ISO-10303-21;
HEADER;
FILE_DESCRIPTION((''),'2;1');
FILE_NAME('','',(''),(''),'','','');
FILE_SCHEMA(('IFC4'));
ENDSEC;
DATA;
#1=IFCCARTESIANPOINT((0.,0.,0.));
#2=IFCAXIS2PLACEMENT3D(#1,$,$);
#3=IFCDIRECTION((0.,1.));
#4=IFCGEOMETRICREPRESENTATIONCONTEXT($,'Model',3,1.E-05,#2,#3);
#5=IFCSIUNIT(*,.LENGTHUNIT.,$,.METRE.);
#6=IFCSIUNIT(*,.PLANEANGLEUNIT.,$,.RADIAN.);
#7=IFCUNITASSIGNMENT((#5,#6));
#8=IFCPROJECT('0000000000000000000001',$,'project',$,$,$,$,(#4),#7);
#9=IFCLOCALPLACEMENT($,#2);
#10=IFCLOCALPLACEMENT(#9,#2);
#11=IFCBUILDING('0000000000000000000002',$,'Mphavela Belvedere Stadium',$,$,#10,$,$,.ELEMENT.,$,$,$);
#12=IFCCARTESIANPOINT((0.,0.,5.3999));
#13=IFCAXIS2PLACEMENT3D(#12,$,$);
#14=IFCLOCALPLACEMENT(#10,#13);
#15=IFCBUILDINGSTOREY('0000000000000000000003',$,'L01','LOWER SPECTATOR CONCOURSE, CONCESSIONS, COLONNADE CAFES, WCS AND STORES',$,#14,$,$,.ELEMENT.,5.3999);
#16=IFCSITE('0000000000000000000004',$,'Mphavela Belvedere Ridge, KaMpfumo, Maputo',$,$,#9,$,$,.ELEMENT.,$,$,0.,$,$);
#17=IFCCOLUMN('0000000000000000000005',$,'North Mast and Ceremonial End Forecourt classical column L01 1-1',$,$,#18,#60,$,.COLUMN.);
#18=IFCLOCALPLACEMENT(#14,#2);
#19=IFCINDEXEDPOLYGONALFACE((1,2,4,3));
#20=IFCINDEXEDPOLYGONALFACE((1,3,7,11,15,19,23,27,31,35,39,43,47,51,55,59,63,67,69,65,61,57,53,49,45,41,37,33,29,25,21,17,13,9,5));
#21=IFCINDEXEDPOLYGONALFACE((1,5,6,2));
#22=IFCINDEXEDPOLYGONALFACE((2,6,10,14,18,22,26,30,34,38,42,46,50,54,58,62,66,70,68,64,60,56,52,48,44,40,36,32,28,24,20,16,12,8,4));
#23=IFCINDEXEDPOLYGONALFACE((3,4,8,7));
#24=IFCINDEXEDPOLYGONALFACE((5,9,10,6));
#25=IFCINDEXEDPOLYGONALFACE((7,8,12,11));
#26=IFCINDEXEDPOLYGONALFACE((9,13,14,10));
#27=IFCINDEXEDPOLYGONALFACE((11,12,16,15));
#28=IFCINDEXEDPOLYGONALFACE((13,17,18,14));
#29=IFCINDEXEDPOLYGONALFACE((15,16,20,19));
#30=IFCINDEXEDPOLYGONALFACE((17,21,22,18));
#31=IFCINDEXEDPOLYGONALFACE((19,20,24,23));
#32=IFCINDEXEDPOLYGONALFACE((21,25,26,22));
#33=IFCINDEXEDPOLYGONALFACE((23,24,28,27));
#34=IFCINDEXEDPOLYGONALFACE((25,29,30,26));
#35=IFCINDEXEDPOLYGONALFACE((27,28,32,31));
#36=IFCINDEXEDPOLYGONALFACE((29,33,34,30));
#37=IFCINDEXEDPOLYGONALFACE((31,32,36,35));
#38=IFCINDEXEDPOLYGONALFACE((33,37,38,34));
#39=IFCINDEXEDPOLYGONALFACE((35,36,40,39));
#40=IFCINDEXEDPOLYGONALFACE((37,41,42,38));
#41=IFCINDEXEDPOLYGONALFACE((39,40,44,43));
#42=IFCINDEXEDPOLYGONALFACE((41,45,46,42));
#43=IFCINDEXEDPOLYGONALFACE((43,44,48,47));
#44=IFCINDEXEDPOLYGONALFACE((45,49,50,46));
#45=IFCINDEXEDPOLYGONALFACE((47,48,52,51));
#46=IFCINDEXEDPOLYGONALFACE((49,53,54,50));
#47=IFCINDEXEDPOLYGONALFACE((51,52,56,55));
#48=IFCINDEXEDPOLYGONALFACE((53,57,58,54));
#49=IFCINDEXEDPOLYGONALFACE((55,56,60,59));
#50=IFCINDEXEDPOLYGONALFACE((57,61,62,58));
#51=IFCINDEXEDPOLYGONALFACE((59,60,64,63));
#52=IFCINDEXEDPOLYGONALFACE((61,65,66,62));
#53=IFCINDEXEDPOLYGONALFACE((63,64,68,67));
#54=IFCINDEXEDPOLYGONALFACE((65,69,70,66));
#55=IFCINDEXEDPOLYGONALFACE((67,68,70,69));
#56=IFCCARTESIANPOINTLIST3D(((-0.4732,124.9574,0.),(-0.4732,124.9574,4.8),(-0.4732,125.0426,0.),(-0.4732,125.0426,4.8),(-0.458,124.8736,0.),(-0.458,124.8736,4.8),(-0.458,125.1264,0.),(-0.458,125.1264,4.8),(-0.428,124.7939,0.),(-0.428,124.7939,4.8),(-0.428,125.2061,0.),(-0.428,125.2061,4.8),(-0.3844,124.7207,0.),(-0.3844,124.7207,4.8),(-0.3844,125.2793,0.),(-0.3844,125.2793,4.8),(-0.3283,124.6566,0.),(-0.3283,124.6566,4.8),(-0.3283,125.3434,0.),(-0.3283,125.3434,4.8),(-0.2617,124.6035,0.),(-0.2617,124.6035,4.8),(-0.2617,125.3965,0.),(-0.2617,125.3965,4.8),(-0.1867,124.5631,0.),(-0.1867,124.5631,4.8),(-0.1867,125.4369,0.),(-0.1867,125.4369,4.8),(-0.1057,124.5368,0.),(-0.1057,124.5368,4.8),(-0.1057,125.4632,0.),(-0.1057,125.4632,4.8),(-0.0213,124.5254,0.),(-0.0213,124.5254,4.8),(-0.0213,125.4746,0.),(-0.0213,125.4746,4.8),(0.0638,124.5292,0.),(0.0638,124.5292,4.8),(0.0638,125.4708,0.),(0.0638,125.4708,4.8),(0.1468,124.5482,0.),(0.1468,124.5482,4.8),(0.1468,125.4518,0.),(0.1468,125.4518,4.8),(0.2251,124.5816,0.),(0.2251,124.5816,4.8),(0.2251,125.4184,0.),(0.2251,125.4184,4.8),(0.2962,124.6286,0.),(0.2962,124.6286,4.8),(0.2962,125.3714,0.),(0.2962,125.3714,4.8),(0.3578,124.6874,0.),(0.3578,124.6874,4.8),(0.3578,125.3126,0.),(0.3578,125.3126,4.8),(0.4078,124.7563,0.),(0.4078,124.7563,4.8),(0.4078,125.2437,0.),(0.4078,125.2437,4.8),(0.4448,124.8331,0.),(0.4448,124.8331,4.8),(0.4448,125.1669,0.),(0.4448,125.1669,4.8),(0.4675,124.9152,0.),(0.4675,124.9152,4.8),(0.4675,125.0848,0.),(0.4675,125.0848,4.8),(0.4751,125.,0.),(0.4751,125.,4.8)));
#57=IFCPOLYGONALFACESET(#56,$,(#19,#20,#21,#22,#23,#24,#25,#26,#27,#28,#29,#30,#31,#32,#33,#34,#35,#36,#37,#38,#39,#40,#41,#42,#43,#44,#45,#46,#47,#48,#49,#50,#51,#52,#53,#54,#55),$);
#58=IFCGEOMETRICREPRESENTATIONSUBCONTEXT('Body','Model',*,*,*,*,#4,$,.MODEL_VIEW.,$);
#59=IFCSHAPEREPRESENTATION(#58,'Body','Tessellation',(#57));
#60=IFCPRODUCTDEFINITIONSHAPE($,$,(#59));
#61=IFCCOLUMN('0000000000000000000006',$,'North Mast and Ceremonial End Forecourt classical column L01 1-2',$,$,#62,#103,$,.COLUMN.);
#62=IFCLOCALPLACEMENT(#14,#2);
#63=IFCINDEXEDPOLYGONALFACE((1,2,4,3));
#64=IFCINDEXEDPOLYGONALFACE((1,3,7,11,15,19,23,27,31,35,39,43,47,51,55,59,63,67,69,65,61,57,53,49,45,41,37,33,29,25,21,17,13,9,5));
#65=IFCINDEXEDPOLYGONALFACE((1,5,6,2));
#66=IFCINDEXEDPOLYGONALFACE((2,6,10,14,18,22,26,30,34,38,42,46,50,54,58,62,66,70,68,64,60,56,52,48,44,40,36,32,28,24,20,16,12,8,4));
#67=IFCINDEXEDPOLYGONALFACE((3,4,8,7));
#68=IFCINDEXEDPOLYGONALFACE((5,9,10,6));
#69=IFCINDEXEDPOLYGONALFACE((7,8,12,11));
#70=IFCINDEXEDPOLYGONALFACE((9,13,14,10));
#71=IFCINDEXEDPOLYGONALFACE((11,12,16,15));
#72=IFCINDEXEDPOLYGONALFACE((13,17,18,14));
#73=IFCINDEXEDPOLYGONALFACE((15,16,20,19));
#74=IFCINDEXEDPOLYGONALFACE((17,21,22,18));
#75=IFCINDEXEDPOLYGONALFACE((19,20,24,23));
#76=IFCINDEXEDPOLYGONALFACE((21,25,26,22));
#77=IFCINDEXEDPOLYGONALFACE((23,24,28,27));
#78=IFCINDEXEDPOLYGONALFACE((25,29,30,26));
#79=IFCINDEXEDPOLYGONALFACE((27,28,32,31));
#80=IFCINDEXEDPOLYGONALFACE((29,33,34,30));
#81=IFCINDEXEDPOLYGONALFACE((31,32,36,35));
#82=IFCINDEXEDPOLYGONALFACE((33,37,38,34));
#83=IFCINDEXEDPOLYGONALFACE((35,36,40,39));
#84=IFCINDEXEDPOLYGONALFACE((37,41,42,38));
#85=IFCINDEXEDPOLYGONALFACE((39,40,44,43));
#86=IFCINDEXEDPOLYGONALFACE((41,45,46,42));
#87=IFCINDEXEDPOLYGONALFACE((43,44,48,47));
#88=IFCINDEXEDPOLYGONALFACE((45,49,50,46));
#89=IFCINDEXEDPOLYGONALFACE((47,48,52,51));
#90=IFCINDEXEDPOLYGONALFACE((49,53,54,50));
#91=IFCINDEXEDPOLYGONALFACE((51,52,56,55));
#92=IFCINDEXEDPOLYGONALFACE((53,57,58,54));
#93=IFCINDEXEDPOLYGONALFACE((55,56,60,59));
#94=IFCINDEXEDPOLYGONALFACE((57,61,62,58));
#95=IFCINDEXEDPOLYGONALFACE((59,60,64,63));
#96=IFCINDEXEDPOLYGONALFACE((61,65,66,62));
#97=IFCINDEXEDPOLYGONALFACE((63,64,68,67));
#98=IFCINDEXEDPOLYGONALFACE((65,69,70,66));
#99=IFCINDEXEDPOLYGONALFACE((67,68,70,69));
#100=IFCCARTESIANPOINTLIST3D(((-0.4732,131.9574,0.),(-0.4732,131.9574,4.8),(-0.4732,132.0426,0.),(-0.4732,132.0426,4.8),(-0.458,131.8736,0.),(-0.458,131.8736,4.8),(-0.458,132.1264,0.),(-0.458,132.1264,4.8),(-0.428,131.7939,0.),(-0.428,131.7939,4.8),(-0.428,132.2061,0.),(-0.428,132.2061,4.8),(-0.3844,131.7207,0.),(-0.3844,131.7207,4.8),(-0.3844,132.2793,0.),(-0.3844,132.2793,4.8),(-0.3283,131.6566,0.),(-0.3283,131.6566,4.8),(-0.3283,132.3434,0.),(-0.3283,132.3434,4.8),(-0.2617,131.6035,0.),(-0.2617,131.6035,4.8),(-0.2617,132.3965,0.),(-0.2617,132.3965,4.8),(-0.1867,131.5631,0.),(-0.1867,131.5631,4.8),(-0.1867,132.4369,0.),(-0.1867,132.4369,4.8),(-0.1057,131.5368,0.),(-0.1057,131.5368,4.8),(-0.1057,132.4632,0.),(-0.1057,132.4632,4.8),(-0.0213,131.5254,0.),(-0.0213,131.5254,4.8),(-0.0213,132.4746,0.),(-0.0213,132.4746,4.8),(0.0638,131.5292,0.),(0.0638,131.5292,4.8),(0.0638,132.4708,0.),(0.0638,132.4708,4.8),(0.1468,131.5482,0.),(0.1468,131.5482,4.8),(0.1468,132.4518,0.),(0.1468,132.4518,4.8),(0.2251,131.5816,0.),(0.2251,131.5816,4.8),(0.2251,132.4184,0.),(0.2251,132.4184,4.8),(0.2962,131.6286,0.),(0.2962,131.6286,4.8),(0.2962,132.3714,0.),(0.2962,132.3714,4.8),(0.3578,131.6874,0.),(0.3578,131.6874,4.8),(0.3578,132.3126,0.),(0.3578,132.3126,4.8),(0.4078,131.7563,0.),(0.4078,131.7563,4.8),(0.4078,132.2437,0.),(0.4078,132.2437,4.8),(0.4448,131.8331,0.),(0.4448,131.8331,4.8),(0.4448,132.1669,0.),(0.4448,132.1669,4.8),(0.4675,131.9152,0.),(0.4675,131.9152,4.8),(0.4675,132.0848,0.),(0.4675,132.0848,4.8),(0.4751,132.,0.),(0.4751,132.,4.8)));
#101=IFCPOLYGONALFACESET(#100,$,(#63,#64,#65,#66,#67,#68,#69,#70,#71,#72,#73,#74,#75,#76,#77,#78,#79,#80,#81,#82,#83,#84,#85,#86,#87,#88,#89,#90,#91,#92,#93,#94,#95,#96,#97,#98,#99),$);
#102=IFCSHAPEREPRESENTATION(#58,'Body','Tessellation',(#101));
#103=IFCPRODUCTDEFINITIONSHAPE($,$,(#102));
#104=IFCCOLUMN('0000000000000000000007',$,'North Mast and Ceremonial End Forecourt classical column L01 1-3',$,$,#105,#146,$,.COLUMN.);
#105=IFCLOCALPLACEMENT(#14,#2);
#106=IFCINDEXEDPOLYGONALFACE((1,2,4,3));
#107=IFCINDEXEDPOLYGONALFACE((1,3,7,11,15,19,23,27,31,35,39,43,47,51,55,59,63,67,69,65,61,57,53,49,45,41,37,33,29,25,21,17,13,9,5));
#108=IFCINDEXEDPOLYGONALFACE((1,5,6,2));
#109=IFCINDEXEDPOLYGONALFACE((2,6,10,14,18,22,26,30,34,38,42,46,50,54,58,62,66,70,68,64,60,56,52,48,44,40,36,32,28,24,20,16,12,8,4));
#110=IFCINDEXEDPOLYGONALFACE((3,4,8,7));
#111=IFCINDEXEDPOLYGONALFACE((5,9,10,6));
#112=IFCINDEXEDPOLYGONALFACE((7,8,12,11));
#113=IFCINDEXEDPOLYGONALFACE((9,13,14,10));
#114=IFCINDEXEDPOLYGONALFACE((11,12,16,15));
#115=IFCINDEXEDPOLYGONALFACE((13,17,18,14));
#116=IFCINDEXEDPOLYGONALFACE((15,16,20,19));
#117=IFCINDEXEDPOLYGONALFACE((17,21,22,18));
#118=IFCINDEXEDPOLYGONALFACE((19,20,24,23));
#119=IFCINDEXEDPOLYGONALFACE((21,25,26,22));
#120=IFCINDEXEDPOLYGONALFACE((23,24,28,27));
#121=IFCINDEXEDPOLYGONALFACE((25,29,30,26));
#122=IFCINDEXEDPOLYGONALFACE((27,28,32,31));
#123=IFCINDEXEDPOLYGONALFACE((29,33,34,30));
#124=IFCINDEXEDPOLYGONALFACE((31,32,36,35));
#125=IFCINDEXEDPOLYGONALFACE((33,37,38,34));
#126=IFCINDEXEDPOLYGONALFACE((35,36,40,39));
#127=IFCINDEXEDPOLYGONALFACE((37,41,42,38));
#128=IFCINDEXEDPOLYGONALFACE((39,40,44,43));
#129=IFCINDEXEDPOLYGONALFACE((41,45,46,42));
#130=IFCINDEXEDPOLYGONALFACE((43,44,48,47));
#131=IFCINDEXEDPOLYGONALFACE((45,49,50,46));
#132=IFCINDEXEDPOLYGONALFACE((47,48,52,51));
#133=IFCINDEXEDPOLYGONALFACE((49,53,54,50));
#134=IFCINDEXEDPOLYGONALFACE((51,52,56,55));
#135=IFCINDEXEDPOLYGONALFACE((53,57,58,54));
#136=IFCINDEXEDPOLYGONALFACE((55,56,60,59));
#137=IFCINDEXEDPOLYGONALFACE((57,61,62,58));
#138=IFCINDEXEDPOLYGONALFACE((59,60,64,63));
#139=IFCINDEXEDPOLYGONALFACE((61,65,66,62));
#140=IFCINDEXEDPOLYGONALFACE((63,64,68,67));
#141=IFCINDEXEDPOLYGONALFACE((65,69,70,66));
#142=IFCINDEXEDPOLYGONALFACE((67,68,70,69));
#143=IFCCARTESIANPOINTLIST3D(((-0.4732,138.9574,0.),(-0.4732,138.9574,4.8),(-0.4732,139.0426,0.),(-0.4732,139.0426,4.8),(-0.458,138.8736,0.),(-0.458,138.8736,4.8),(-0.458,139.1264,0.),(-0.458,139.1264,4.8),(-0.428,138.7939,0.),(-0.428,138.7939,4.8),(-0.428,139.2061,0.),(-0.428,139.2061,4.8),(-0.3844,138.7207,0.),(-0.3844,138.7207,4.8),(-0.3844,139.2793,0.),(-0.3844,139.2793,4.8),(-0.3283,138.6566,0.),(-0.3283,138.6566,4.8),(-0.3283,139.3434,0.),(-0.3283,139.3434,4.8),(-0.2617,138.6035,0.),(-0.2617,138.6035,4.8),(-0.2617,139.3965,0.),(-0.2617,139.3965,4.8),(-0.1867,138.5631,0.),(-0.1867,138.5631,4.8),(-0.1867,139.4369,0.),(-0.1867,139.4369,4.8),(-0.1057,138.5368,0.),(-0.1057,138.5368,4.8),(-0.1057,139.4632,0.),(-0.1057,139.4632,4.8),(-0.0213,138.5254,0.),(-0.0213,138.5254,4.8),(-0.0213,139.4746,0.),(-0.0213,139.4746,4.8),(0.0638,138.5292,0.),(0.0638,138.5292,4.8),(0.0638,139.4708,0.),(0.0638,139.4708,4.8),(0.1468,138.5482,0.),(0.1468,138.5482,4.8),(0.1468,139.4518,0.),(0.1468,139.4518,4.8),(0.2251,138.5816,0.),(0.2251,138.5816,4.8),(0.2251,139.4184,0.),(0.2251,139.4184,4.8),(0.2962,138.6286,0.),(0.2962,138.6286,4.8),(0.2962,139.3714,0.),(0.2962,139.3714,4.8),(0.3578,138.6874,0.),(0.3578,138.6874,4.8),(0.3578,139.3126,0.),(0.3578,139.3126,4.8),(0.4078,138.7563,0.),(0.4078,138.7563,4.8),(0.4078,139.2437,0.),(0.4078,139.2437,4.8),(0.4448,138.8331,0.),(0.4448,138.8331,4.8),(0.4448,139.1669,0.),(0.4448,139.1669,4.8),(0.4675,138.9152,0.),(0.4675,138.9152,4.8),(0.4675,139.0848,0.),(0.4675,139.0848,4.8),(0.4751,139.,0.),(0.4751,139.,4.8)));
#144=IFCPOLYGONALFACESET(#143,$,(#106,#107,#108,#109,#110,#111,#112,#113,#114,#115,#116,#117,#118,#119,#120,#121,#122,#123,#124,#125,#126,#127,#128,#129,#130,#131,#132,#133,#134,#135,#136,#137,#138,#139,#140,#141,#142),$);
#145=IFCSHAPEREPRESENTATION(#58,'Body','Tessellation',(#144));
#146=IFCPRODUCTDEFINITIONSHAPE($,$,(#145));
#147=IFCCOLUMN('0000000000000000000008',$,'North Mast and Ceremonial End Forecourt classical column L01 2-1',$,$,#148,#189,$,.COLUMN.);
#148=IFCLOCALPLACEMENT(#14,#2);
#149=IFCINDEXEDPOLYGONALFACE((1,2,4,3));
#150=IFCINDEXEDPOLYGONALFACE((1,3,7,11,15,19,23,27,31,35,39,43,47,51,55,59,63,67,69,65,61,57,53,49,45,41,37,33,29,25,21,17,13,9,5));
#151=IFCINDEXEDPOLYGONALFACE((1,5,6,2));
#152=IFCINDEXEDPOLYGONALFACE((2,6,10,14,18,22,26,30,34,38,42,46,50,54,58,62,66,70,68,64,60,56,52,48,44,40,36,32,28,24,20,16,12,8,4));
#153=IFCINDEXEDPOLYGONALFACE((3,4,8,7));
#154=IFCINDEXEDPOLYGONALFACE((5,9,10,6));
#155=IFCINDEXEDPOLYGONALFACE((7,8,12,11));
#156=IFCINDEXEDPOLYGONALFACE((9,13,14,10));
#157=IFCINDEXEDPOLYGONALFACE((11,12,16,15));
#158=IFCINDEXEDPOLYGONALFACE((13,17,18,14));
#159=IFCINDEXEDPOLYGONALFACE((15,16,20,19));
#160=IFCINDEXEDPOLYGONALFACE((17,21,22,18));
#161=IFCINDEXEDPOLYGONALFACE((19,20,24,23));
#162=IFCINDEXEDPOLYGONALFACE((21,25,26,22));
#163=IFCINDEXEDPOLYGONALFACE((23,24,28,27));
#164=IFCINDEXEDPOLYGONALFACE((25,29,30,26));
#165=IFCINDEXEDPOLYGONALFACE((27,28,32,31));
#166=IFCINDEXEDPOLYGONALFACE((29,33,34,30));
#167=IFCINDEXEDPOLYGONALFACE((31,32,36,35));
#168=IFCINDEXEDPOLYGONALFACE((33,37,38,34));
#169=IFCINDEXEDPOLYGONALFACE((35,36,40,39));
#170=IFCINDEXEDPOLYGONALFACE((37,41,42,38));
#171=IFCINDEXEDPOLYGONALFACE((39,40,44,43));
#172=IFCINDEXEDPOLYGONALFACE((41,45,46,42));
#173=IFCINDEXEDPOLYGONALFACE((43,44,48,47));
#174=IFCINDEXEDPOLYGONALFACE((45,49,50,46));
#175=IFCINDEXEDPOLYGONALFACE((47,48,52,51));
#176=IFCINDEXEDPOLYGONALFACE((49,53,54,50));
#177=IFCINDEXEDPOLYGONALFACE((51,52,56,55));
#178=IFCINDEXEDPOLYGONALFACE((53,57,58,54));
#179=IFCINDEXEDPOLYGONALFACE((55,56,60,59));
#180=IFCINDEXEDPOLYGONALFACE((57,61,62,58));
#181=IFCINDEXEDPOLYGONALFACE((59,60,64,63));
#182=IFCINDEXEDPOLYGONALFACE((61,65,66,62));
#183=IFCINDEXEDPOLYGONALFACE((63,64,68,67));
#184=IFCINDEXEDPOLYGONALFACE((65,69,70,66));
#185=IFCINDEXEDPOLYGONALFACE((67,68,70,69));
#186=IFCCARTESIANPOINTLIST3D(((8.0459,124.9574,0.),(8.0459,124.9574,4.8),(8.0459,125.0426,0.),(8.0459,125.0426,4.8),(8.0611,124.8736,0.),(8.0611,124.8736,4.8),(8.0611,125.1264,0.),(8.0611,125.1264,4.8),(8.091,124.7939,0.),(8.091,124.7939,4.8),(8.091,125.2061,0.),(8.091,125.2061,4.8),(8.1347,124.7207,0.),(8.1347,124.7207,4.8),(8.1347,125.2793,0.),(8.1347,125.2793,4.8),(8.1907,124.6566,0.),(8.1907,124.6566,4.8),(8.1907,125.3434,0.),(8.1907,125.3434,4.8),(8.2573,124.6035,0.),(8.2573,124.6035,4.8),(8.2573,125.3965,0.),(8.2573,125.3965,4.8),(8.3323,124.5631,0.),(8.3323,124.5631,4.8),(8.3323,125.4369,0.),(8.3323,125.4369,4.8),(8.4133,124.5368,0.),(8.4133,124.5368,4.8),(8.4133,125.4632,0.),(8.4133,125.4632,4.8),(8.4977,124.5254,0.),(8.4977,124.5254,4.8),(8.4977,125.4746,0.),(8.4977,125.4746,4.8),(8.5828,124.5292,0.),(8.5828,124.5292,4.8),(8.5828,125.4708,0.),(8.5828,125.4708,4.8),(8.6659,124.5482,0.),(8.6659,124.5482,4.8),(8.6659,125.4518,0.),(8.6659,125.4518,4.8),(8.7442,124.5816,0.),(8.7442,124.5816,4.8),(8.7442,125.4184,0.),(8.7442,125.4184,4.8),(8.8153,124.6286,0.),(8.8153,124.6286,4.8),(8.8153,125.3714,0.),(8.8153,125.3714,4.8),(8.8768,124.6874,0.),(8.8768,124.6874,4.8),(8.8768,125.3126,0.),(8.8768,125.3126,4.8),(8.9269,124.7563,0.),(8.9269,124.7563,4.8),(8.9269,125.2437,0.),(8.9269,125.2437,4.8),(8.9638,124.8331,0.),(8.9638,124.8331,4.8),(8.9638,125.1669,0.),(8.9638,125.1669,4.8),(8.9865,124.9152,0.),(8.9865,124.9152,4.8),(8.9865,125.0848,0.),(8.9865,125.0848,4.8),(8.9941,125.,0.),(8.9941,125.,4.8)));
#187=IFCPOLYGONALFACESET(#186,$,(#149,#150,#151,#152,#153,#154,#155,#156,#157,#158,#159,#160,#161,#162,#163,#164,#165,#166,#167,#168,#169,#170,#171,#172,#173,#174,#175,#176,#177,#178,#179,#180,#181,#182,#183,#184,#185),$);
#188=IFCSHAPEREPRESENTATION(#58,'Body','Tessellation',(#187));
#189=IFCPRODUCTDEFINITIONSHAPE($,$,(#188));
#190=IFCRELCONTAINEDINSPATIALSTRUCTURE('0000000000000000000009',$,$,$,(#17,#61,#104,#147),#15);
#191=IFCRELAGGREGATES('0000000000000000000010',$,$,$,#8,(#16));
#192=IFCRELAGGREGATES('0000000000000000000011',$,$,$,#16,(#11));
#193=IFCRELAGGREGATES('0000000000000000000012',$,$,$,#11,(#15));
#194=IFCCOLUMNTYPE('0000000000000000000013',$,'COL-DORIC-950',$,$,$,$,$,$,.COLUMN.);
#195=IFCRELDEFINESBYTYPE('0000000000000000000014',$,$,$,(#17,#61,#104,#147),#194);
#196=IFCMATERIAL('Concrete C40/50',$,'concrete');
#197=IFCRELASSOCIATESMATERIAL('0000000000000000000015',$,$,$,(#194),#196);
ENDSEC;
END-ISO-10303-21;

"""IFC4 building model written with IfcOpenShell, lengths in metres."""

from ifc_helpers import new_model, si_unit, direction, frame, origin, origin_2d, place, context, subcontext, project, spatial, circle, extrude, material, material_profile, profile_set, type_object, element, save


model = new_model("IFC4")

# Units and contexts
model_context = context("Model", 3, precision=1e-05, world=origin(), true_north=direction((0.0, 1.0)))
body_context = subcontext(model_context, "Body", "Model", "MODEL_VIEW")
ifc_project = project(units=[si_unit("LENGTHUNIT", "METRE"), si_unit("PLANEANGLEUNIT", "RADIAN")], contexts=[model_context])

# Site, building, storey
site_placement = place(None, origin())
site = spatial("IfcSite", under=ifc_project, at=site_placement, Name="Mphavela Belvedere Ridge, KaMpfumo, Maputo", CompositionType="ELEMENT", RefElevation=0.0)
building_placement = place(site_placement, origin())
building = spatial("IfcBuilding", under=site, at=building_placement, Name="Mphavela Belvedere Stadium", CompositionType="ELEMENT")
storey_placement = place(building_placement, frame((0.0, 0.0, 5.3999)))
storey = spatial("IfcBuildingStorey", under=building, at=storey_placement, Name="L01", Description="LOWER SPECTATOR CONCOURSE, CONCESSIONS, COLONNADE CAFES, WCS AND STORES", CompositionType="ELEMENT", Elevation=5.3999)

# Columns
ifc_material_1 = material(Name="Concrete C40/50", Category="concrete")
ifc_material_profile_1 = material_profile(ifc_material_1, circle(Radius=0.4751, at=origin_2d()), Name="COL D950")
ifc_profile_set_1 = profile_set([ifc_material_profile_1], Name="Concrete C40/50")
column_type = type_object("IfcColumnType", Name="COL-DORIC-950", PredefinedType="COLUMN", material=ifc_profile_set_1)
for number, where, z_axis, x_axis, name in (
    (1, (0.0, 125.0, 0.0), (0.0, 0.0, 1.0), (1.0, 0.0, 0.0), "North Mast and Ceremonial End Forecourt classical column L01 1-1"),
    (2, (0.0, 132.0, 0.0), (0.0, 0.0, 1.0), (1.0, 0.0, 0.0), "North Mast and Ceremonial End Forecourt classical column L01 1-2"),
    (3, (0.0, 139.0, 0.0), (0.0, 0.0, 1.0), (1.0, 0.0, 0.0), "North Mast and Ceremonial End Forecourt classical column L01 1-3"),
    (4, (8.519, 125.0, 0.0), (0.0, 0.0, 1.0), (1.0, 0.0, 0.0), "North Mast and Ceremonial End Forecourt classical column L01 2-1"),
):
    element("IfcColumn", number, at=place(storey_placement, frame(where, z_axis=z_axis, x_axis=x_axis)), inside=storey, type_object=column_type, Name=name, PredefinedType="COLUMN", context=body_context, shape_type="SweptSolid", body=[
        extrude(circle(Radius=0.4751, at=origin_2d()), origin(), (0.0, 0.0, 1.0), 4.8),
    ])

save(model, "model.ifc")
